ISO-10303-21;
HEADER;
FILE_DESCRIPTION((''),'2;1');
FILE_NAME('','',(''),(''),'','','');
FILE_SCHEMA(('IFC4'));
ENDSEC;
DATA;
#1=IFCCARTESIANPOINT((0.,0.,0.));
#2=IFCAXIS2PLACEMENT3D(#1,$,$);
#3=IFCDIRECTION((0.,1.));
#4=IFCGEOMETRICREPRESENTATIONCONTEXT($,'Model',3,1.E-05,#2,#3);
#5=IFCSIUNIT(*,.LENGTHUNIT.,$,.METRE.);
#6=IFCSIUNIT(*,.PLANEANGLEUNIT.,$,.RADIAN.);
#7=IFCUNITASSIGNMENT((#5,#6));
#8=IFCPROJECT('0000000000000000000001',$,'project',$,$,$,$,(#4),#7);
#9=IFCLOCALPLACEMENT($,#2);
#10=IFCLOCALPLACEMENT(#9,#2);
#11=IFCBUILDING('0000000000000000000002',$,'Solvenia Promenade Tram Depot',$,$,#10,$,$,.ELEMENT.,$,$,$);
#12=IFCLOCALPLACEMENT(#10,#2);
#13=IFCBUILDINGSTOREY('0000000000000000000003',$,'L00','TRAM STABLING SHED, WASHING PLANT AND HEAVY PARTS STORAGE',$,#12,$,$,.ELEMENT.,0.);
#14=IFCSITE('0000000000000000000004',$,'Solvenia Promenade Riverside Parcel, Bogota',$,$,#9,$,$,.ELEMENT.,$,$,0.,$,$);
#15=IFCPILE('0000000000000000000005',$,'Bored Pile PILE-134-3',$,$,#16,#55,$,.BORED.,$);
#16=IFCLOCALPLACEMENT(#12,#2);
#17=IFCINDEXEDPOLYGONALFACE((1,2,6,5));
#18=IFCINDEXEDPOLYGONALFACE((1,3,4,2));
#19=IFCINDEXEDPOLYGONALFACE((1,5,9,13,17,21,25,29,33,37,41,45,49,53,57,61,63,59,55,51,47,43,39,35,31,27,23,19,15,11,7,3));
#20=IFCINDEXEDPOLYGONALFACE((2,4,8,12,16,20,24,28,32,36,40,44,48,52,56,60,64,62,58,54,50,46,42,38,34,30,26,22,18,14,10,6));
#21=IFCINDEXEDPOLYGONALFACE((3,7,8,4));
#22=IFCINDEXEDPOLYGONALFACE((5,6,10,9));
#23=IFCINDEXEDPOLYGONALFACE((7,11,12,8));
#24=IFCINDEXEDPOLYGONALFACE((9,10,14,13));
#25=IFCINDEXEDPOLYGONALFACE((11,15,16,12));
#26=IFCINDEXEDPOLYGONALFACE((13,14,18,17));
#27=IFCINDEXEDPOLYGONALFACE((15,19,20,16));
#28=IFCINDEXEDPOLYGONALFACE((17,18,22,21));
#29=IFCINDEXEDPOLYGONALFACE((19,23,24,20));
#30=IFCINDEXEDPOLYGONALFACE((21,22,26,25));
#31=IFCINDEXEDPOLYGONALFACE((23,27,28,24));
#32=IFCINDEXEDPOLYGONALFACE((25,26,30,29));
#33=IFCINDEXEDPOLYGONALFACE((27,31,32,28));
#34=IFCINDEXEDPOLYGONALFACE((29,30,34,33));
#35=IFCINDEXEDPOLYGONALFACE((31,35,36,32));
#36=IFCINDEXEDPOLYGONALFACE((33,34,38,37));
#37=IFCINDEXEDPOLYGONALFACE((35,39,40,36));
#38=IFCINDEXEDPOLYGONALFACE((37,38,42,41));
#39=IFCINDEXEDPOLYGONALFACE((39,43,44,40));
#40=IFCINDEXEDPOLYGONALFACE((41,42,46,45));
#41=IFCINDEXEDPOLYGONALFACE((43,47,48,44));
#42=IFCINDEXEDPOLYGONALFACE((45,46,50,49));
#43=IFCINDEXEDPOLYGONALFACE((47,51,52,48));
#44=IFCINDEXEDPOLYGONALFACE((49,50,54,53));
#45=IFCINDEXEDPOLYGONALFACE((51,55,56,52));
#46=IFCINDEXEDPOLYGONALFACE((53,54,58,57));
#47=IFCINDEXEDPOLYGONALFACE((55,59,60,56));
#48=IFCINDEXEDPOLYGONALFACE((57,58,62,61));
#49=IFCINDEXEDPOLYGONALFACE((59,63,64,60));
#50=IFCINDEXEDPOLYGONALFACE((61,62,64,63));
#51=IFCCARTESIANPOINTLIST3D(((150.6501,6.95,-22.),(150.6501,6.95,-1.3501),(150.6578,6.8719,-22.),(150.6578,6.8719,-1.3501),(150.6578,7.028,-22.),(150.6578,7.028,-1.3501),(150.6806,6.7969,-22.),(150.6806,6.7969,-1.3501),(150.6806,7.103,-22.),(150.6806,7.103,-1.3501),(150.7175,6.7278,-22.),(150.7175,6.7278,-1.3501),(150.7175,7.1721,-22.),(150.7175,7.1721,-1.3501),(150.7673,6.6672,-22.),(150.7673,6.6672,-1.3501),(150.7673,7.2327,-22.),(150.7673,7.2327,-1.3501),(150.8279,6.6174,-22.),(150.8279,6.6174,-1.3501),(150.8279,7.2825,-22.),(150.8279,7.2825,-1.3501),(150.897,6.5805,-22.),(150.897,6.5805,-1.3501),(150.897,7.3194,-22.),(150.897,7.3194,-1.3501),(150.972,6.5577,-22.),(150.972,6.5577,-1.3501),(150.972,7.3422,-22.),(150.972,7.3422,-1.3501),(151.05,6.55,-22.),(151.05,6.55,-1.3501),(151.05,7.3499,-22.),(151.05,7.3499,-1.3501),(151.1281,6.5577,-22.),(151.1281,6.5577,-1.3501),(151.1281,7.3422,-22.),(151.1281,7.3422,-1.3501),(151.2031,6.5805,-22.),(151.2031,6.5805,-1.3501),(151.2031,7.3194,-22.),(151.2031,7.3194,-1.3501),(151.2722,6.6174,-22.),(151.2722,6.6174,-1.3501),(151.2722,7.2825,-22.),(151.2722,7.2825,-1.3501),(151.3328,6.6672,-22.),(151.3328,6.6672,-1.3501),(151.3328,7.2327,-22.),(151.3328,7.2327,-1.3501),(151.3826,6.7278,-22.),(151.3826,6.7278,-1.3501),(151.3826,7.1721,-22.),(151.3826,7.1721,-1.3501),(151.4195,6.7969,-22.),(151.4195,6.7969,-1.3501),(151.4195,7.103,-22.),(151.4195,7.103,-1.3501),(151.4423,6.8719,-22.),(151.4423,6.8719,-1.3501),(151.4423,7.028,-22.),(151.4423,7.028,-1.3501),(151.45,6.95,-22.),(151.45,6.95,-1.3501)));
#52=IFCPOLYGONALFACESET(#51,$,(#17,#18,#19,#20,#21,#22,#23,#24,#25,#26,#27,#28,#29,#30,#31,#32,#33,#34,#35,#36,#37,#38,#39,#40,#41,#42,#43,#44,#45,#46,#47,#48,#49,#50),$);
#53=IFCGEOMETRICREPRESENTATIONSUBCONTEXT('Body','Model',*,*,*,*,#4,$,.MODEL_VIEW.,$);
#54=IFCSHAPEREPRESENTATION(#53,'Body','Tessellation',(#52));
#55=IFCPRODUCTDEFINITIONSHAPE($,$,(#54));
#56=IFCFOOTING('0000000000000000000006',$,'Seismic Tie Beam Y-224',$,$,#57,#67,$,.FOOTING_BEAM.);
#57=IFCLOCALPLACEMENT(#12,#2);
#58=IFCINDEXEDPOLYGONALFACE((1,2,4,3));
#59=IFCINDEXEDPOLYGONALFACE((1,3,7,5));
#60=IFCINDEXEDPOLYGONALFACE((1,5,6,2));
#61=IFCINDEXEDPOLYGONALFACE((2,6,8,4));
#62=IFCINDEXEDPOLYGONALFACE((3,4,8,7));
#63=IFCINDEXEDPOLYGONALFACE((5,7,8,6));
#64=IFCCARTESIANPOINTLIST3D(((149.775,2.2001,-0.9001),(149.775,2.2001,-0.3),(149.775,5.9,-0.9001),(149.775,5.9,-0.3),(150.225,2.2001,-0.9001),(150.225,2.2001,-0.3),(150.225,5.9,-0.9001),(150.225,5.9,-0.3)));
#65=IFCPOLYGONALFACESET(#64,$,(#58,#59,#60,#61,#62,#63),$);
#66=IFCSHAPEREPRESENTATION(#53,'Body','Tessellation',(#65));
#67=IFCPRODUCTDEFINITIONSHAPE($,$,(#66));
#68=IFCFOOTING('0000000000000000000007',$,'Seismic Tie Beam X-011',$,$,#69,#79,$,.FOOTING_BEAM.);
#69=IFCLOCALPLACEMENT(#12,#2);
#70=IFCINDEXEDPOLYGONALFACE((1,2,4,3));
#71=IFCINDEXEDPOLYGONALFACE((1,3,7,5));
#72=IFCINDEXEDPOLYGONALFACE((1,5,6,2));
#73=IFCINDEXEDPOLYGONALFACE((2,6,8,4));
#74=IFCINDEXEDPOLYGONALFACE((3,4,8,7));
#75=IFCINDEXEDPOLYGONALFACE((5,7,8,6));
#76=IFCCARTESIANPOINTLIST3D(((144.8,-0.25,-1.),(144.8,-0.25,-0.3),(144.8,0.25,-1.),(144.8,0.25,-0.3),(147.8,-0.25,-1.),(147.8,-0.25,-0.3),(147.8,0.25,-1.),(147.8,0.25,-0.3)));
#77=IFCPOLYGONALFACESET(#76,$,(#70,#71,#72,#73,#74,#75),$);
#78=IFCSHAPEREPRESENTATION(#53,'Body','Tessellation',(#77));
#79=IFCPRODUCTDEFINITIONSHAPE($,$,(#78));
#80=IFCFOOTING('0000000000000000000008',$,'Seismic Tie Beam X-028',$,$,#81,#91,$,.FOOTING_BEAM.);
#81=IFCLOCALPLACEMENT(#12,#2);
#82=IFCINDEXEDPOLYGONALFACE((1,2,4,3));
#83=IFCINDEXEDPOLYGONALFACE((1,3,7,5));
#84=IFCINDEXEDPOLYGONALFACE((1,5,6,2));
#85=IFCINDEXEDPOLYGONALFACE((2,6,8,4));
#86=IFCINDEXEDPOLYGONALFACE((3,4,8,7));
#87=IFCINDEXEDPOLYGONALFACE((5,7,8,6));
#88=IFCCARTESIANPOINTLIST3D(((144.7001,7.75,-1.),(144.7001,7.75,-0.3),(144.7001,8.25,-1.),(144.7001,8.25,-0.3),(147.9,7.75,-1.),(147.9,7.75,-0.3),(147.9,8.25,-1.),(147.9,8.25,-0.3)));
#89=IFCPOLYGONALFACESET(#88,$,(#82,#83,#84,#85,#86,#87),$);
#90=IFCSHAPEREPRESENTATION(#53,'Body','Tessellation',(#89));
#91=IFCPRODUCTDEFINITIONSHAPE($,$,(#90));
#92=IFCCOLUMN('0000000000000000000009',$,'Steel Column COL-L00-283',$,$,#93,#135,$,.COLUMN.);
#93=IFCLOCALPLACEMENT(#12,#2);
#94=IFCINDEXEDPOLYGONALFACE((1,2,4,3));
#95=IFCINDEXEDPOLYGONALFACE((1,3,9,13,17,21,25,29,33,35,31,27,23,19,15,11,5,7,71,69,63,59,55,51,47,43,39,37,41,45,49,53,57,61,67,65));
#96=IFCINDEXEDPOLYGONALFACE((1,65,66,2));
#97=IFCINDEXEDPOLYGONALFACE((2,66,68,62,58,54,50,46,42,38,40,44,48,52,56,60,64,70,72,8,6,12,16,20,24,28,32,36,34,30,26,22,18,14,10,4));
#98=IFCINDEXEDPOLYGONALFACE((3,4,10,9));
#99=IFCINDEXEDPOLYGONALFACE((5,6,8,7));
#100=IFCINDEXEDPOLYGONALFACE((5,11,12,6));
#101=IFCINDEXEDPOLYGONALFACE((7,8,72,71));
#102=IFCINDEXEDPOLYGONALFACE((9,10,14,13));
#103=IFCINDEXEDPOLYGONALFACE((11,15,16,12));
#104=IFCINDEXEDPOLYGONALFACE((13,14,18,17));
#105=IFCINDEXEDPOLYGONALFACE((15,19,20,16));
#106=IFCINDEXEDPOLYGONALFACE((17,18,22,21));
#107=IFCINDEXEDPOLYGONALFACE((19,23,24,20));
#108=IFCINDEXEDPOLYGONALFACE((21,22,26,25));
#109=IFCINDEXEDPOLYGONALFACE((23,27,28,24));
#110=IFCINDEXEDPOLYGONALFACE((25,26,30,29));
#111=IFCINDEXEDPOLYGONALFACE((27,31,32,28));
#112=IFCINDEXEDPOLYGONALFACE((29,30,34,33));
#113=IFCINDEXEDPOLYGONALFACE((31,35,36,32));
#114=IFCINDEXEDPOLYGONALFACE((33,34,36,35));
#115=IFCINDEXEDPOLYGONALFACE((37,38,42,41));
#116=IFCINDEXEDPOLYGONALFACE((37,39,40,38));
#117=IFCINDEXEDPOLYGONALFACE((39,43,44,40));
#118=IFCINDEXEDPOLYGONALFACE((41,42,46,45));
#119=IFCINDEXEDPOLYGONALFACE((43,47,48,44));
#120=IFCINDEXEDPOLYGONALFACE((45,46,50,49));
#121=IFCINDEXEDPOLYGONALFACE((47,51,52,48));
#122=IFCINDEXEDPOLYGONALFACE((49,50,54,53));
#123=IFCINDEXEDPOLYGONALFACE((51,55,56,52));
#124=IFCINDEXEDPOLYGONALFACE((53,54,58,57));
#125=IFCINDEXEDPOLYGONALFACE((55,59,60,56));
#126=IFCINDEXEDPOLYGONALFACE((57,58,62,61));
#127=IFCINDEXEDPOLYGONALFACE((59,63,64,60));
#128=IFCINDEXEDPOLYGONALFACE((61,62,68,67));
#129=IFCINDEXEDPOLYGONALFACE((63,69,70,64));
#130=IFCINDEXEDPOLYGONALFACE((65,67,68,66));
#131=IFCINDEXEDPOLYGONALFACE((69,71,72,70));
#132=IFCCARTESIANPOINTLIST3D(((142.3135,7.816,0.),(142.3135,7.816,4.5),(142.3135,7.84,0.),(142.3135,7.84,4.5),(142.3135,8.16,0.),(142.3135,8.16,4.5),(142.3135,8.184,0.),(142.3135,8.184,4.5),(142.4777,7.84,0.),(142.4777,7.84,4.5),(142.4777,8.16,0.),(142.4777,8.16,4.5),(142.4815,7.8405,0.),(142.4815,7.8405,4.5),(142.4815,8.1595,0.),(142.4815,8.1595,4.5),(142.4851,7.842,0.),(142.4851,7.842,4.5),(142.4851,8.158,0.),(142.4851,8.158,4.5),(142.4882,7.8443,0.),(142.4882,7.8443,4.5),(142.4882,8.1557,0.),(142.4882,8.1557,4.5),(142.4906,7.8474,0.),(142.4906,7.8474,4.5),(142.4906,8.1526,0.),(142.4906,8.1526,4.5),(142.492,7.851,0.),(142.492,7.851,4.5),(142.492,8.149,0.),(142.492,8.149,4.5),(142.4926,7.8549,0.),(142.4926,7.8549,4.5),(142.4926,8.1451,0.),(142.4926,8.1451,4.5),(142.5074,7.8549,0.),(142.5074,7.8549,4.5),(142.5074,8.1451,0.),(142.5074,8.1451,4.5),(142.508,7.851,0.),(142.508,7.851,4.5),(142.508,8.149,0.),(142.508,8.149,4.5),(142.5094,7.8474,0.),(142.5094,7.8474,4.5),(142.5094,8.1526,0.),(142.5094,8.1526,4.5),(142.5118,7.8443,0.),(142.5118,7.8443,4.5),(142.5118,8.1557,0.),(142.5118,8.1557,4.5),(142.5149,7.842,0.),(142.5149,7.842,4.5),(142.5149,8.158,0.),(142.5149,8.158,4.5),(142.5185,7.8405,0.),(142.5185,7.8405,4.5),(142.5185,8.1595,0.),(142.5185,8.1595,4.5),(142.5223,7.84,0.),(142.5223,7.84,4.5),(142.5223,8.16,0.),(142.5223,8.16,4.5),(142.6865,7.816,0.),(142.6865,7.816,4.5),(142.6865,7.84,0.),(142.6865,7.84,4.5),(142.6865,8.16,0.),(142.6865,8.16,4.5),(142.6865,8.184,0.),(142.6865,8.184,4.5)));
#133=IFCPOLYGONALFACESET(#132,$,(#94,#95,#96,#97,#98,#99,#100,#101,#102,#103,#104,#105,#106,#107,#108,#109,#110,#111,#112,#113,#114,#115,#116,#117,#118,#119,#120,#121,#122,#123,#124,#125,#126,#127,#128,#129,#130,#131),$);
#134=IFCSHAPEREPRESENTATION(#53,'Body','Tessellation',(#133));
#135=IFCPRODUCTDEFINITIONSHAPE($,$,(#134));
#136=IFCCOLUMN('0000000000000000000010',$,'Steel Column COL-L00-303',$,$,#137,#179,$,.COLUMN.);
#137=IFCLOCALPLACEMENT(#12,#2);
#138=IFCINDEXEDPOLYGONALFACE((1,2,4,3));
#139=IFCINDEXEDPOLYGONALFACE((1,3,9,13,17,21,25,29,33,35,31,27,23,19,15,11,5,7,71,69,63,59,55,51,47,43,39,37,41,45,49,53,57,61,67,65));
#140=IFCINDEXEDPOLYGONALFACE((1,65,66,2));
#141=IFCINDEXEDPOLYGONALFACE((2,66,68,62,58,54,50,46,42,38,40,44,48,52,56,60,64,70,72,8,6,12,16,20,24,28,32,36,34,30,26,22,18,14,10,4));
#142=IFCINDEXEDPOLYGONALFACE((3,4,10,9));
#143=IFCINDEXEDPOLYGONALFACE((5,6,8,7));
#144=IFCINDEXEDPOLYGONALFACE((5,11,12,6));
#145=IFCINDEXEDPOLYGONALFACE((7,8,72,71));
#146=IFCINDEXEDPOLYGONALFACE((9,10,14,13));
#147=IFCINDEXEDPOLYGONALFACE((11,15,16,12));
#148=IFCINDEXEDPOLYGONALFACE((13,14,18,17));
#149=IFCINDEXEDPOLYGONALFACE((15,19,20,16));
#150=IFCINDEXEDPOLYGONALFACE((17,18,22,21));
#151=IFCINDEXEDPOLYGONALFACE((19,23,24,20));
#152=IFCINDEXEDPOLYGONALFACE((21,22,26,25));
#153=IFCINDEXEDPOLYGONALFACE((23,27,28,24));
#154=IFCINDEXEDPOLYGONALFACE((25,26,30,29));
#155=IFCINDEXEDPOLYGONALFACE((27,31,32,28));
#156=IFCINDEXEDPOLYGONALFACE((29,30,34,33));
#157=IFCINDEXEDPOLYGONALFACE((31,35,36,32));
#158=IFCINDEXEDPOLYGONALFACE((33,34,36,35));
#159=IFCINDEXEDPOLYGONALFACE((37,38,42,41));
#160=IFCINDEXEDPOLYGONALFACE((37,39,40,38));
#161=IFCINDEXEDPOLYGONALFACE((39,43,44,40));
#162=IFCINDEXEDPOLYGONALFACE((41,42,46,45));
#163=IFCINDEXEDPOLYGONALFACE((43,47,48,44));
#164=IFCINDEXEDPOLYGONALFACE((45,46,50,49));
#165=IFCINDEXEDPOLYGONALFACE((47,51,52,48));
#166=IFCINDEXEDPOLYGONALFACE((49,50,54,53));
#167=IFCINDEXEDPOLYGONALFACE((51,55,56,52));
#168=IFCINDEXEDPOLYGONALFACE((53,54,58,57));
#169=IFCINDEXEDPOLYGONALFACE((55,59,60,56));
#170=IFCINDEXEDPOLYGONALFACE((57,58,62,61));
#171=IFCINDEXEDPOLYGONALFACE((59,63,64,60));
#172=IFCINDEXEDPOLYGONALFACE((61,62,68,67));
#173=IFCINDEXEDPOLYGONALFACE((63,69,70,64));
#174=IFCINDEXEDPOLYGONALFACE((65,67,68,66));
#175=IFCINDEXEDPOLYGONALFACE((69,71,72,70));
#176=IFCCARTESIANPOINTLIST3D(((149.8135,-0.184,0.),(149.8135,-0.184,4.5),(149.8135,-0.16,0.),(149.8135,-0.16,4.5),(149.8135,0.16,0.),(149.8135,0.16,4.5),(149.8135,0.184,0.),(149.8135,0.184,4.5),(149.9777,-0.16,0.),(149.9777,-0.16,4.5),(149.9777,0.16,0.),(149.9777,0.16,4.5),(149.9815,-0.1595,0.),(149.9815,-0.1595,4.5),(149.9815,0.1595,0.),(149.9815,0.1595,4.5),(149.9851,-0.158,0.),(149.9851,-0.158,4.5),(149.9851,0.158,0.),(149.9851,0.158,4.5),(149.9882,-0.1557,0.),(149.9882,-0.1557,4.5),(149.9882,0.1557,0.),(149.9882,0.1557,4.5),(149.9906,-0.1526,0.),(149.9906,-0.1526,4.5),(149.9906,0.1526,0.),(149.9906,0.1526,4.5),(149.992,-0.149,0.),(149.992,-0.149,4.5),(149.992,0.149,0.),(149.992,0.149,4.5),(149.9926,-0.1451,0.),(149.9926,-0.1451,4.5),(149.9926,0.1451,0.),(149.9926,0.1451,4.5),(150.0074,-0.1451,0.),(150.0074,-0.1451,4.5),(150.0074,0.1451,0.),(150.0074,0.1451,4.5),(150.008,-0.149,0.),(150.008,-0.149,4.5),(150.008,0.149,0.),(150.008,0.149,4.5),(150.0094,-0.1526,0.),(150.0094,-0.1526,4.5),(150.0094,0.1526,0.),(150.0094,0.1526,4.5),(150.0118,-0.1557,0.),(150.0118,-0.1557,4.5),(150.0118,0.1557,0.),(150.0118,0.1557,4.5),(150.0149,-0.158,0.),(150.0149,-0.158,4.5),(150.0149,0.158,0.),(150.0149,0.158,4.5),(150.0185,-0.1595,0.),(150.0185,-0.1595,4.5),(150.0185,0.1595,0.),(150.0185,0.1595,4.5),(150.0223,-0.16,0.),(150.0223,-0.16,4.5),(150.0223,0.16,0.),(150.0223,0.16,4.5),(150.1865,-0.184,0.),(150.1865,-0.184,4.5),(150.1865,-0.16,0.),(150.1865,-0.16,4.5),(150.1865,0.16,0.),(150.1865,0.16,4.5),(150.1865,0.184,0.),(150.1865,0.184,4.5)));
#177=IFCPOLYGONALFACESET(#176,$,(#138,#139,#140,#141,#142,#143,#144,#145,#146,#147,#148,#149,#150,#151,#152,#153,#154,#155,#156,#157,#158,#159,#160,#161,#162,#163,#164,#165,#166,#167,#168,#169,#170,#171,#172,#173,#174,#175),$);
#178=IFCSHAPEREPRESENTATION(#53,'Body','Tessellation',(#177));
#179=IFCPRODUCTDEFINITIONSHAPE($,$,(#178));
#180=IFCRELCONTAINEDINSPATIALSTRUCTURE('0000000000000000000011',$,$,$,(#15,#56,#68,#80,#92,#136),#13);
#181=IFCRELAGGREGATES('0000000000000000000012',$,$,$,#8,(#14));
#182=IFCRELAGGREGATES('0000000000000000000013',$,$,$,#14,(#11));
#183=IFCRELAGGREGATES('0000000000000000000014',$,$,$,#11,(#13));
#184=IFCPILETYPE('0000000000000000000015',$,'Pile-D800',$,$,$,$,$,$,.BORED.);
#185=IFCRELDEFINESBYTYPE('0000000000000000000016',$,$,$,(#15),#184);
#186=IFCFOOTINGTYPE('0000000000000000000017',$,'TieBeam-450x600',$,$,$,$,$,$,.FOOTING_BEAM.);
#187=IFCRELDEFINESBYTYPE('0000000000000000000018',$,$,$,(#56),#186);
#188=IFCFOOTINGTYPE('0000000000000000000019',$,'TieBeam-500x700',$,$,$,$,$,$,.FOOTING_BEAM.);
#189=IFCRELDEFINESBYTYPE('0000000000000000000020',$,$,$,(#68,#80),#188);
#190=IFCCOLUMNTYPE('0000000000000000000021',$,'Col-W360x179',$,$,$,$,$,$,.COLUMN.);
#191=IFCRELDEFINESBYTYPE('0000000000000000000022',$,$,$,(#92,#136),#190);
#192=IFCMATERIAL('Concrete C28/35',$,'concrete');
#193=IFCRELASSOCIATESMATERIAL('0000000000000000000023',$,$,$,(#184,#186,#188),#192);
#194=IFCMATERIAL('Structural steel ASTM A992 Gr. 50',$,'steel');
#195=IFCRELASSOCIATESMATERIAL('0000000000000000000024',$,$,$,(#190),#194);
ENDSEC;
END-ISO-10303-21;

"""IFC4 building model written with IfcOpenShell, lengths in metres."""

from ifc_helpers import new_model, si_unit, direction, frame, origin, origin_2d, place, context, subcontext, project, spatial, rectangle, circle, i_section, extrude, material, material_profile, profile_set, type_object, element, save


model = new_model("IFC4")

# Units and contexts
model_context = context("Model", 3, precision=1e-05, world=origin(), true_north=direction((0.0, 1.0)))
body_context = subcontext(model_context, "Body", "Model", "MODEL_VIEW")
ifc_project = project(units=[si_unit("LENGTHUNIT", "METRE"), si_unit("PLANEANGLEUNIT", "RADIAN")], contexts=[model_context])

# Site, building, storey
site_placement = place(None, origin())
site = spatial("IfcSite", under=ifc_project, at=site_placement, Name="Solvenia Promenade Riverside Parcel, Bogota", CompositionType="ELEMENT", RefElevation=0.0)
building_placement = place(site_placement, origin())
building = spatial("IfcBuilding", under=site, at=building_placement, Name="Solvenia Promenade Tram Depot", CompositionType="ELEMENT")
storey_placement = place(building_placement, origin())
storey = spatial("IfcBuildingStorey", under=building, at=storey_placement, Name="L00", Description="TRAM STABLING SHED, WASHING PLANT AND HEAVY PARTS STORAGE", CompositionType="ELEMENT", Elevation=0.0)

# Shared definitions
ifc_material_1 = material(Name="Concrete C28/35", Category="concrete")

# Pile
ifc_material_profile_1 = material_profile(ifc_material_1, circle(Radius=0.3999, at=origin_2d()), Name="D800", Category="concrete")
ifc_profile_set_1 = profile_set([ifc_material_profile_1], Name="Concrete C28/35")
pile_type_1 = type_object("IfcPileType", Name="Pile-D800", PredefinedType="BORED", material=ifc_profile_set_1)
for number, where, z_axis, x_axis, name in (
    (1, (151.05, 6.95, -1.3501), (0.0, 0.0, -1.0), (1.0, 0.0, 0.0), "Bored Pile PILE-134-3"),
):
    element("IfcPile", number, at=place(storey_placement, frame(where, z_axis=z_axis, x_axis=x_axis)), inside=storey, type_object=pile_type_1, Name=name, PredefinedType="BORED", context=body_context, shape_type="SweptSolid", body=[
        extrude(circle(Radius=0.3999, at=origin_2d()), origin(), (0.0, 0.0, 1.0), 20.6499),
    ])

# Footings
footing_type_1 = type_object("IfcFootingType", Name="TieBeam-450x600", PredefinedType="FOOTING_BEAM", material=ifc_material_1)
footing_1_placement = place(storey_placement, frame((150.0, 4.05, -0.9001), z_axis=(0.0, 0.0, 1.0), x_axis=(1.0, 0.0, 0.0)))
element("IfcFooting", 2, at=footing_1_placement, inside=storey, type_object=footing_type_1, Name="Seismic Tie Beam Y-224", PredefinedType="FOOTING_BEAM", context=body_context, shape_type="SweptSolid", body=[
    extrude(rectangle(XDim=0.45, YDim=3.7, at=origin_2d()), origin(), (0.0, 0.0, 1.0), 0.6001),
])
footing_type_2 = type_object("IfcFootingType", Name="TieBeam-500x700", PredefinedType="FOOTING_BEAM", material=ifc_material_1)
footing_2_placement = place(storey_placement, frame((146.3, 0.0, -1.0), z_axis=(0.0, 0.0, 1.0), x_axis=(1.0, 0.0, 0.0)))
element("IfcFooting", 3, at=footing_2_placement, inside=storey, type_object=footing_type_2, Name="Seismic Tie Beam X-011", PredefinedType="FOOTING_BEAM", context=body_context, shape_type="SweptSolid", body=[
    extrude(rectangle(XDim=3.0, YDim=0.5, at=origin_2d()), origin(), (0.0, 0.0, 1.0), 0.7),
])
footing_3_placement = place(storey_placement, frame((146.3, 8.0, -1.0), z_axis=(0.0, 0.0, 1.0), x_axis=(1.0, 0.0, 0.0)))
element("IfcFooting", 4, at=footing_3_placement, inside=storey, type_object=footing_type_2, Name="Seismic Tie Beam X-028", PredefinedType="FOOTING_BEAM", context=body_context, shape_type="SweptSolid", body=[
    extrude(rectangle(XDim=3.2, YDim=0.5, at=origin_2d()), origin(), (0.0, 0.0, 1.0), 0.7),
])

# Columns
ifc_material_2 = material(Name="Structural steel ASTM A992 Gr. 50", Category="steel")
ifc_material_profile_2 = material_profile(ifc_material_2, i_section(OverallWidth=0.373, OverallDepth=0.3679, WebThickness=0.0149, FlangeThickness=0.0239, FilletRadius=0.0149, at=origin_2d()), Name="W360x179", Category="steel")
ifc_profile_set_2 = profile_set([ifc_material_profile_2], Name="Structural steel ASTM A992 Gr. 50")
column_type = type_object("IfcColumnType", Name="Col-W360x179", PredefinedType="COLUMN", material=ifc_profile_set_2)
for number, where, z_axis, x_axis, name in (
    (5, (142.5, 8.0, 0.0), (0.0, 0.0, 1.0), (1.0, 0.0, 0.0), "Steel Column COL-L00-283"),
    (6, (150.0, 0.0, 0.0), (0.0, 0.0, 1.0), (1.0, 0.0, 0.0), "Steel Column COL-L00-303"),
):
    element("IfcColumn", number, at=place(storey_placement, frame(where, z_axis=z_axis, x_axis=x_axis)), inside=storey, type_object=column_type, Name=name, PredefinedType="COLUMN", context=body_context, shape_type="SweptSolid", body=[
        extrude(i_section(OverallWidth=0.373, OverallDepth=0.3679, WebThickness=0.0149, FlangeThickness=0.0239, FilletRadius=0.0149, at=origin_2d()), origin(), (0.0, 0.0, 1.0), 4.5),
    ])

save(model, "model.ifc")
